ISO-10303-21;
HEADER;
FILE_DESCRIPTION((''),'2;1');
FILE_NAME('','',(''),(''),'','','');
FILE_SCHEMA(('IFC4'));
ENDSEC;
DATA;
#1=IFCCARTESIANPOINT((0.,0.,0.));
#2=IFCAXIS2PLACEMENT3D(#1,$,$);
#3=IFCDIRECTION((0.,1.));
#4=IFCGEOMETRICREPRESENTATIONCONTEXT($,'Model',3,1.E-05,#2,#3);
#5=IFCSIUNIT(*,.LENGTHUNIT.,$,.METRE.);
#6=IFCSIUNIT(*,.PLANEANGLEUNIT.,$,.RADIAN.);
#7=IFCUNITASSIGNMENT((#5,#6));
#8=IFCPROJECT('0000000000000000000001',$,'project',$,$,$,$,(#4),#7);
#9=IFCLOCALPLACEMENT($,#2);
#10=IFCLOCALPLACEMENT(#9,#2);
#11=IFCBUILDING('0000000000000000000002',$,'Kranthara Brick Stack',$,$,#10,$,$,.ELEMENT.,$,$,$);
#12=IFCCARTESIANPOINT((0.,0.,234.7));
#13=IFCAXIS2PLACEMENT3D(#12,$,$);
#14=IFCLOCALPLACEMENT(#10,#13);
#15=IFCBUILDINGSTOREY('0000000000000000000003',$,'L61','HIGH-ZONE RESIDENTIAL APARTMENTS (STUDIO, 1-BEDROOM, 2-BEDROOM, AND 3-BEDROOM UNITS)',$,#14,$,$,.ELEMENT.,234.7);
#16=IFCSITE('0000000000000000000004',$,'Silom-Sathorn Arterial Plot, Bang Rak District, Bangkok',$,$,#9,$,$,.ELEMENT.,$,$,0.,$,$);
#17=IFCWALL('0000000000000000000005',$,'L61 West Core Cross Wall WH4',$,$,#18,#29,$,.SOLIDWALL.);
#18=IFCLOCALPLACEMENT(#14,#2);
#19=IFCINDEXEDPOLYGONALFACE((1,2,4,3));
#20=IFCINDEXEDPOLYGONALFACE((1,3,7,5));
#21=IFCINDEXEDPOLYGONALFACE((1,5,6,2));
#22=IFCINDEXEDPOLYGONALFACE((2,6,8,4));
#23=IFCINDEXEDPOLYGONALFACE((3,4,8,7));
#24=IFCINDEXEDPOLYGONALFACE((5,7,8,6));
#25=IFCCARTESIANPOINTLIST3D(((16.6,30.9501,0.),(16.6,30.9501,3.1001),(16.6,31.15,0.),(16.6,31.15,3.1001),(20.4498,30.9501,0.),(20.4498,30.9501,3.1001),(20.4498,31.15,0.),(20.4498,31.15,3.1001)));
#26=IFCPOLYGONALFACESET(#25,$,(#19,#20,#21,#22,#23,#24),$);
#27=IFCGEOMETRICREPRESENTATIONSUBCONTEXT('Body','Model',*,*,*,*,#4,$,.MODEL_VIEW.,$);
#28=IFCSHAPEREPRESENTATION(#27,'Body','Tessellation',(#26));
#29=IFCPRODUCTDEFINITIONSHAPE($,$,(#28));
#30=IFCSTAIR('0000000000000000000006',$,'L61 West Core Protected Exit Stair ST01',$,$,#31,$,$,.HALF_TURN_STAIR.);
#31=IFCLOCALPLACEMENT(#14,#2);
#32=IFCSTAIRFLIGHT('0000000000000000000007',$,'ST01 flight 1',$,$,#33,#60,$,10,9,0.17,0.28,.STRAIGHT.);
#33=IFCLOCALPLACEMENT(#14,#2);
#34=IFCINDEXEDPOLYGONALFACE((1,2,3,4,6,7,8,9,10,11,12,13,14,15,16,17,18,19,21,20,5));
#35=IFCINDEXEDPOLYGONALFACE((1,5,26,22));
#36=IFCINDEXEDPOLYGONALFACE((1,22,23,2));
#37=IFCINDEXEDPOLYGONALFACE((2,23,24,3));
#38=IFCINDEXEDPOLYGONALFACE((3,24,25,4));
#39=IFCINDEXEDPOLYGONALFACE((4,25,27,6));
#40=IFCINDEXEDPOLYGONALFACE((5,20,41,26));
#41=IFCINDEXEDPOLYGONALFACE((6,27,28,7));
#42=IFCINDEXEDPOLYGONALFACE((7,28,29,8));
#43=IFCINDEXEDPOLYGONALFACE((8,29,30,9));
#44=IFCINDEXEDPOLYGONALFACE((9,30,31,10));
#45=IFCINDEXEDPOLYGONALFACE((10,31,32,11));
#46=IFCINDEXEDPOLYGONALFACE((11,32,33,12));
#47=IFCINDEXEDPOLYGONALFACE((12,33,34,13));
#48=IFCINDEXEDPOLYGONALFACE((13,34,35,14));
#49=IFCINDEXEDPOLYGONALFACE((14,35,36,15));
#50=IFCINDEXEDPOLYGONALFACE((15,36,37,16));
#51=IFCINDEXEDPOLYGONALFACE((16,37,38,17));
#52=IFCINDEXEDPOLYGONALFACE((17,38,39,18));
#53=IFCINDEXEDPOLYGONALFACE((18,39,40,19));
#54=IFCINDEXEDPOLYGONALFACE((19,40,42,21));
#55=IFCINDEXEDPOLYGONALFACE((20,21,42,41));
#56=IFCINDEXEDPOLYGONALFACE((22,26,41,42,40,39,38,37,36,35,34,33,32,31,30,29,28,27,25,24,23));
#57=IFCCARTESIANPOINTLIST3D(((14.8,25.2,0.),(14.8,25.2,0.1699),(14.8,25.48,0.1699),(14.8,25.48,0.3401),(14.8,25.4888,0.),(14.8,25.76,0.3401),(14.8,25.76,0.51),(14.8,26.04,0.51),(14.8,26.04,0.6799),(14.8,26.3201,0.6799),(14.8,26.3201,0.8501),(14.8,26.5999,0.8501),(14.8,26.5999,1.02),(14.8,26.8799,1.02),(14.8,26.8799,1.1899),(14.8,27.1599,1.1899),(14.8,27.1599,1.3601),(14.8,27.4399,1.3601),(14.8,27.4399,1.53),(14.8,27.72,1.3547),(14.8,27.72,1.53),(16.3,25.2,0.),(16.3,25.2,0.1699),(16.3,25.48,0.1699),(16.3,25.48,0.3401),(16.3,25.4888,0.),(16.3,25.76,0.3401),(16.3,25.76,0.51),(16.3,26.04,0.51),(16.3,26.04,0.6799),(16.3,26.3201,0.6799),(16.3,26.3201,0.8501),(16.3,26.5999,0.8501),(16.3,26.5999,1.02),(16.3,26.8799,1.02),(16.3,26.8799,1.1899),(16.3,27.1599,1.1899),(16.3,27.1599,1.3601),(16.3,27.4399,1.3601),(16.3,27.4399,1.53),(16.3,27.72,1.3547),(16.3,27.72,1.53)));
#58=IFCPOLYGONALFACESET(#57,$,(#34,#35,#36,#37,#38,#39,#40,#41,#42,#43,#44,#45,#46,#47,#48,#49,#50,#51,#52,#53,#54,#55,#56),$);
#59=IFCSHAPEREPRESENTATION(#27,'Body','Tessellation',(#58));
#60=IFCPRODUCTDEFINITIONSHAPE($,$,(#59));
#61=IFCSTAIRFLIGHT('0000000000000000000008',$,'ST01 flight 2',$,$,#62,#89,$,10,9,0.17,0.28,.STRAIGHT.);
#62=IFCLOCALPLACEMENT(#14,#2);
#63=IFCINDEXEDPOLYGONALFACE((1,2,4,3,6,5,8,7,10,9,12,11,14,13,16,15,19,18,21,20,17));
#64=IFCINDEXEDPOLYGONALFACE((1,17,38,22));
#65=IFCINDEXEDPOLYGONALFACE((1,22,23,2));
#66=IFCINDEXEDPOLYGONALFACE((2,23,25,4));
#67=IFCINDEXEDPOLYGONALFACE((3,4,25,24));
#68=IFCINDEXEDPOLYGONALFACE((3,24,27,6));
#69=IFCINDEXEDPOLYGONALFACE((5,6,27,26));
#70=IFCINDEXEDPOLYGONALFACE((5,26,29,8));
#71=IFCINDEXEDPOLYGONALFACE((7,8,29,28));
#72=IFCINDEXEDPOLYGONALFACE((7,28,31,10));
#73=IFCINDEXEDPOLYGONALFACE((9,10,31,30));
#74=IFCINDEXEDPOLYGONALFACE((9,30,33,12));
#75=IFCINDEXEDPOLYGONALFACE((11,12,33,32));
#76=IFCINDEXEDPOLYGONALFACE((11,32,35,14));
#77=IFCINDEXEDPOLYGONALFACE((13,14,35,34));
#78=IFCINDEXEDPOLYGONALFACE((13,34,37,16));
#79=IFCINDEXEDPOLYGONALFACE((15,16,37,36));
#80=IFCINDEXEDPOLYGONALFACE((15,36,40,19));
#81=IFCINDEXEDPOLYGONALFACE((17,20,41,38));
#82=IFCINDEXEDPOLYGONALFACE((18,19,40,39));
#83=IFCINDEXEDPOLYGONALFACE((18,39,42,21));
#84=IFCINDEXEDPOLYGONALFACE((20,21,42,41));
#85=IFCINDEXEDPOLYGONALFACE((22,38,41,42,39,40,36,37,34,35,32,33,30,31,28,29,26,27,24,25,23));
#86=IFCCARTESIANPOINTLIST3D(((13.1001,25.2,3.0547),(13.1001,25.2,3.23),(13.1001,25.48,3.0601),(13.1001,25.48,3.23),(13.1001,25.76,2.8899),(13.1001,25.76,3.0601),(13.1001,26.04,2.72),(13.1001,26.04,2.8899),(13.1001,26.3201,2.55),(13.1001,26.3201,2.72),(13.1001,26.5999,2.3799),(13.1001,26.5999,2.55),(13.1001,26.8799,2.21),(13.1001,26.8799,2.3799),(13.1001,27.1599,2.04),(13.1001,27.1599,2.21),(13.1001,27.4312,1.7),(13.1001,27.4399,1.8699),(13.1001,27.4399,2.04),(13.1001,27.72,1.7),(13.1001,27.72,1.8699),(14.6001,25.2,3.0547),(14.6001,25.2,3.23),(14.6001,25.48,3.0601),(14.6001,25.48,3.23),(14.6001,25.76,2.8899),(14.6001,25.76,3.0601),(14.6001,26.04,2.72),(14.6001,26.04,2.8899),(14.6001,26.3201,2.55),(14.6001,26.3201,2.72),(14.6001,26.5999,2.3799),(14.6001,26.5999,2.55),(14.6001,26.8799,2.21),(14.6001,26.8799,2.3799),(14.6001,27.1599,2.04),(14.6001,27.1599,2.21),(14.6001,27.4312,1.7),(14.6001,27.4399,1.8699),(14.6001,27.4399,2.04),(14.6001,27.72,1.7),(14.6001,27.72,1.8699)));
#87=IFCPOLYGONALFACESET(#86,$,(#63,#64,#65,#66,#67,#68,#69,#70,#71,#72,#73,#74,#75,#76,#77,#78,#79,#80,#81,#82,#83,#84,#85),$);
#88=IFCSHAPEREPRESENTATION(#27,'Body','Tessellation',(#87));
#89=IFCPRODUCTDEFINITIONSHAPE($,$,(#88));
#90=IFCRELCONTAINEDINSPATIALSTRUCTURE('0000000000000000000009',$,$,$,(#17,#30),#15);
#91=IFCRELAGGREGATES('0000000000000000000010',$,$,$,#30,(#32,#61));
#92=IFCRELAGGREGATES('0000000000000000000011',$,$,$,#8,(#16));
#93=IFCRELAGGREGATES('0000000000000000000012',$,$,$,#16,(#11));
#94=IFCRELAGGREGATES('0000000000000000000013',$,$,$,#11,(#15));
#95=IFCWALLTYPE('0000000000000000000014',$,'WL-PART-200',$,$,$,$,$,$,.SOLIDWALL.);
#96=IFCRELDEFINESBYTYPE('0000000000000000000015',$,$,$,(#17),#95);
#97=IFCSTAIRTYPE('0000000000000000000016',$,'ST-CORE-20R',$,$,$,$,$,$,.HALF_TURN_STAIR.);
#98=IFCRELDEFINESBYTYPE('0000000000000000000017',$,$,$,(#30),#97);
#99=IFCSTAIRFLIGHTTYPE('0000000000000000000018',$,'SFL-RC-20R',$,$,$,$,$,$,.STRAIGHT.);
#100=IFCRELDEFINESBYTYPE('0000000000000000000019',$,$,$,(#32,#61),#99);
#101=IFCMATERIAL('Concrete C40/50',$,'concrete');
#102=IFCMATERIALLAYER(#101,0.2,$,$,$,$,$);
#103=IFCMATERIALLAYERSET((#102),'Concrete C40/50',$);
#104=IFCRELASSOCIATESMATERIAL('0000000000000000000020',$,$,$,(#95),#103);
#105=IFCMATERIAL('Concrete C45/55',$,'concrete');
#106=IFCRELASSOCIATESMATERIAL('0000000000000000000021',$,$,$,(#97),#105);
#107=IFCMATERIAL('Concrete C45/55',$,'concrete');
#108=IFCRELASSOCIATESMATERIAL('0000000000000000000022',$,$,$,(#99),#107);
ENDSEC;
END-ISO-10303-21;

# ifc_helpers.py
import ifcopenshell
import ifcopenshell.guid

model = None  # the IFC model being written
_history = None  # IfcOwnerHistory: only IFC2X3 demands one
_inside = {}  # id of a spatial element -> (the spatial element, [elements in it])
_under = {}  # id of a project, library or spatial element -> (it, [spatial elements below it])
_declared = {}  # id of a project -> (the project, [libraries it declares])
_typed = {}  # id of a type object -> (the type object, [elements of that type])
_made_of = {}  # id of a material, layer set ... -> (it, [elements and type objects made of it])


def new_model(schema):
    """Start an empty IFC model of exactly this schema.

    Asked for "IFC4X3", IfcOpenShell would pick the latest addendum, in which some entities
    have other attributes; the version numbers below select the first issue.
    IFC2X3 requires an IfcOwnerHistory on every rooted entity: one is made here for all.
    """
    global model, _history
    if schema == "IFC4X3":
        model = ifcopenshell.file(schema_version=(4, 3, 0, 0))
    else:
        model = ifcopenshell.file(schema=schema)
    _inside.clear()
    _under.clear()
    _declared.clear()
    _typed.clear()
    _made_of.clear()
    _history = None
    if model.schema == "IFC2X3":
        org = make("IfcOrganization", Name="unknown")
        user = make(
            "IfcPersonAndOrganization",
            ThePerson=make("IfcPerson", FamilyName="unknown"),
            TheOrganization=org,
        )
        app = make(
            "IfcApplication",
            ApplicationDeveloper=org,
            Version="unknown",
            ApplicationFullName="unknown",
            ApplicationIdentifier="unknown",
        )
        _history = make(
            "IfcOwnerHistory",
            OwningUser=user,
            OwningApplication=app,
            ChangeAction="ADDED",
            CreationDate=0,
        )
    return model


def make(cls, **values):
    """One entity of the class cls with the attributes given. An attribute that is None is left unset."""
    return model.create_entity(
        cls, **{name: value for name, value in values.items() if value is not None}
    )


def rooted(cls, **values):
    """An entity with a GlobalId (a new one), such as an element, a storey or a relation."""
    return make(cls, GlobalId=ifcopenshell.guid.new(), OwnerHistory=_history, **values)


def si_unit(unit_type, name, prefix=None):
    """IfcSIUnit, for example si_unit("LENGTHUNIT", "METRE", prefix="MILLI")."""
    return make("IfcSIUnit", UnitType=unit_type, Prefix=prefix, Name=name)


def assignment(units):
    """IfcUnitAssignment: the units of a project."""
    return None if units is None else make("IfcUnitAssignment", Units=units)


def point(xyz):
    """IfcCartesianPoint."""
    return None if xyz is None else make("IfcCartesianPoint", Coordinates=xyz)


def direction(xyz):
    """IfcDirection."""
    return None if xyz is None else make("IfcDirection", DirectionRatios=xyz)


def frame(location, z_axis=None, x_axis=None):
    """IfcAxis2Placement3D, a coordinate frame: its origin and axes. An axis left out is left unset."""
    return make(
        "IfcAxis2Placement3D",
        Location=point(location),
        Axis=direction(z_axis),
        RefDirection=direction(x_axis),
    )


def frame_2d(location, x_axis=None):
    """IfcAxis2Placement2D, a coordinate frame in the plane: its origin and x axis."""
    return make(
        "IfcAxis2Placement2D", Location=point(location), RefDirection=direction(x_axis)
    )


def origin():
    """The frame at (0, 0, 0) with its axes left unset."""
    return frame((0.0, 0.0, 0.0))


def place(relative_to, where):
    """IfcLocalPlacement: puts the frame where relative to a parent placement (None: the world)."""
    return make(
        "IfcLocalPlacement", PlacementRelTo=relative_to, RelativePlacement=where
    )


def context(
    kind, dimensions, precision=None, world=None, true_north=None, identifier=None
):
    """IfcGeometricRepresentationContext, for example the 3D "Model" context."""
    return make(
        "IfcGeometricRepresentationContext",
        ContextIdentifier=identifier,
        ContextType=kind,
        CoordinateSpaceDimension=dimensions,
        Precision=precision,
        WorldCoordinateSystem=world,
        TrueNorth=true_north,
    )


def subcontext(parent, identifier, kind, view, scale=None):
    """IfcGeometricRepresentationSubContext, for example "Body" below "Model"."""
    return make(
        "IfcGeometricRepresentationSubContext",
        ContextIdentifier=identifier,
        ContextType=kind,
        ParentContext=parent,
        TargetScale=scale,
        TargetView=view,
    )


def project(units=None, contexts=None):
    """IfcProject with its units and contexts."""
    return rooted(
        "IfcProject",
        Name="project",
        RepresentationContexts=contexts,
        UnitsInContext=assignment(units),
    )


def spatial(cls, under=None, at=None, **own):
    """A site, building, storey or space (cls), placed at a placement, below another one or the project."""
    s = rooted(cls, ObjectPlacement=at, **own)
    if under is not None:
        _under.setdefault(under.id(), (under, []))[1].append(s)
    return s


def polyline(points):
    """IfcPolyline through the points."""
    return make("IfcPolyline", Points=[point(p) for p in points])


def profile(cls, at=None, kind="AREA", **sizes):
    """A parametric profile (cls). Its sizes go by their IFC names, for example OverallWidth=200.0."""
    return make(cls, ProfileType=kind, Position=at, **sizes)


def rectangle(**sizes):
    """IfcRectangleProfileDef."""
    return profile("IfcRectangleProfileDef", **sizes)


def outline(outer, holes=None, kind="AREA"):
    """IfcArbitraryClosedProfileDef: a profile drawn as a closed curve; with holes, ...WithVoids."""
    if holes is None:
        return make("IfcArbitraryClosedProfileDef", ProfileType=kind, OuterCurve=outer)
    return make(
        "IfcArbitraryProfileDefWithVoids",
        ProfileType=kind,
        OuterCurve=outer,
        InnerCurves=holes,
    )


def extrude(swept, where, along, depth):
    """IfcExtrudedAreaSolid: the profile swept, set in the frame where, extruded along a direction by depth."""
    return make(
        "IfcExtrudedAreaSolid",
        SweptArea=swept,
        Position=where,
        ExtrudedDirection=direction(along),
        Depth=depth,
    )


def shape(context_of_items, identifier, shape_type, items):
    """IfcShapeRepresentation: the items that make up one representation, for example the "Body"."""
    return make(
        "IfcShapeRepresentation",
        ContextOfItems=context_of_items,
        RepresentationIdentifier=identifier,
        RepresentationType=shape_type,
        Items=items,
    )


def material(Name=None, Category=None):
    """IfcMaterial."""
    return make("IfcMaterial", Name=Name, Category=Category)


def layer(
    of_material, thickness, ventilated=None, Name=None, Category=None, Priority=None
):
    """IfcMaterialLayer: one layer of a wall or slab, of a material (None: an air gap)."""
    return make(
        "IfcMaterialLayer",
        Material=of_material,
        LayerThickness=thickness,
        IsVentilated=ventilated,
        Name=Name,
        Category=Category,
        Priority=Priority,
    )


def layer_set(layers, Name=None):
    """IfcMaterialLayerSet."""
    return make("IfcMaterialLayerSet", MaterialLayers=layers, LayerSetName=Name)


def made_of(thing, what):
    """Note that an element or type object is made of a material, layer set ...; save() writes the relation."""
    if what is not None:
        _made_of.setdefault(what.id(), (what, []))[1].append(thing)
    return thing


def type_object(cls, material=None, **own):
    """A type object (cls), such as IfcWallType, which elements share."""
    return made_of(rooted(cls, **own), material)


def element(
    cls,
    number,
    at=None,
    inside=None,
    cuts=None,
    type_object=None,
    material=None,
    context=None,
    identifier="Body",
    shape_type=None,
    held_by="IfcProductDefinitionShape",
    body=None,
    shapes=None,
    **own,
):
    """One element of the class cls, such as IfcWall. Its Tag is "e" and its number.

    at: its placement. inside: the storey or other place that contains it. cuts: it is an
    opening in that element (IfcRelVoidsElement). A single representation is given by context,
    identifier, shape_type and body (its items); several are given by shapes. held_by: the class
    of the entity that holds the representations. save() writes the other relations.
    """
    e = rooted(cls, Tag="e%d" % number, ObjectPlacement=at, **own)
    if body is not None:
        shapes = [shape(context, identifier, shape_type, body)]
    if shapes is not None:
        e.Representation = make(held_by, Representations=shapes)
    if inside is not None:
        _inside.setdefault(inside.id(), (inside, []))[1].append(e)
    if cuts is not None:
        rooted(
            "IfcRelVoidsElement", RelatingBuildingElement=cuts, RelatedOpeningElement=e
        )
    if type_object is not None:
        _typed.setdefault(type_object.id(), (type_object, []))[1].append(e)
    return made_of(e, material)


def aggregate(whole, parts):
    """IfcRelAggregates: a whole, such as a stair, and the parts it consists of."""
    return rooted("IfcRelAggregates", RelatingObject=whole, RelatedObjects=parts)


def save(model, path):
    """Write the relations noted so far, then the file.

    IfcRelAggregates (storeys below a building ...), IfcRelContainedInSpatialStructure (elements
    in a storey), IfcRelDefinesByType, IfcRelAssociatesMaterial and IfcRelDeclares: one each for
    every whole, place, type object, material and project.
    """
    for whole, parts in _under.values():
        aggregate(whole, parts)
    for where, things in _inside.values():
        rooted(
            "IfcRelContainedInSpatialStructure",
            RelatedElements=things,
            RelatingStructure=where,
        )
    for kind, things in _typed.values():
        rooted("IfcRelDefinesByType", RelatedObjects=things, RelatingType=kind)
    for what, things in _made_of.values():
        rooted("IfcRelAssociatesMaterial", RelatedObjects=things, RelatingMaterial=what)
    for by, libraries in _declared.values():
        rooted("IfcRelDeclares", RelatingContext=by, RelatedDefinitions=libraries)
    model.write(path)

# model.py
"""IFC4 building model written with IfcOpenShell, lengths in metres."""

from ifc_helpers import new_model, si_unit, direction, frame, frame_2d, origin, place, context, subcontext, project, spatial, polyline, rectangle, outline, extrude, material, layer, layer_set, type_object, element, aggregate, save


model = new_model("IFC4")

# Units and contexts
model_context = context("Model", 3, precision=1e-05, world=origin(), true_north=direction((0.0, 1.0)))
body_context = subcontext(model_context, "Body", "Model", "MODEL_VIEW")
ifc_project = project(units=[si_unit("LENGTHUNIT", "METRE"), si_unit("PLANEANGLEUNIT", "RADIAN")], contexts=[model_context])

# Site, building, storey
site_placement = place(None, origin())
site = spatial("IfcSite", under=ifc_project, at=site_placement, Name="Silom-Sathorn Arterial Plot, Bang Rak District, Bangkok", CompositionType="ELEMENT", RefElevation=0.0)
building_placement = place(site_placement, origin())
building = spatial("IfcBuilding", under=site, at=building_placement, Name="Kranthara Brick Stack", CompositionType="ELEMENT")
storey_placement = place(building_placement, frame((0.0, 0.0, 234.7)))
storey = spatial("IfcBuildingStorey", under=building, at=storey_placement, Name="L61", Description="HIGH-ZONE RESIDENTIAL APARTMENTS (STUDIO, 1-BEDROOM, 2-BEDROOM, AND 3-BEDROOM UNITS)", CompositionType="ELEMENT", Elevation=234.7)

# Wall
ifc_material_1 = material(Name="Concrete C40/50", Category="concrete")
ifc_layer_1 = layer(ifc_material_1, 0.2)
ifc_layer_set_1 = layer_set([ifc_layer_1], Name="Concrete C40/50")
wall_type_1 = type_object("IfcWallType", Name="WL-PART-200", PredefinedType="SOLIDWALL", material=ifc_layer_set_1)
for number, where, z_axis, x_axis, name in (
    (1, (16.6001, 31.05, 0.0), (0.0, 0.0, 1.0), (1.0, 0.0, 0.0), "L61 West Core Cross Wall WH4"),
):
    element("IfcWall", number, at=place(storey_placement, frame(where, z_axis=z_axis, x_axis=x_axis)), inside=storey, type_object=wall_type_1, Name=name, PredefinedType="SOLIDWALL", context=body_context, shape_type="SweptSolid", body=[
        extrude(rectangle(XDim=3.8499, YDim=0.2, at=frame_2d((1.9248, 0.0))), origin(), (0.0, 0.0, 1.0), 3.1001),
    ])

# Stair, stair flights
ifc_material_2 = material(Name="Concrete C45/55", Category="concrete")
stair_type = type_object("IfcStairType", Name="ST-CORE-20R", PredefinedType="HALF_TURN_STAIR", material=ifc_material_2)
stair_placement = place(storey_placement, origin())
stair = element("IfcStair", 2, at=stair_placement, inside=storey, type_object=stair_type, Name="L61 West Core Protected Exit Stair ST01", PredefinedType="HALF_TURN_STAIR")
ifc_material_3 = material(Name="Concrete C45/55", Category="concrete")
stair_flight_type = type_object("IfcStairFlightType", Name="SFL-RC-20R", PredefinedType="STRAIGHT", material=ifc_material_3)
stair_flight_1_placement = place(storey_placement, frame((15.55, 25.2, 0.0), z_axis=(0.0, 0.0, 1.0), x_axis=(0.0, 1.0, 0.0)))
stair_flight_1 = element("IfcStairFlight", 3, at=stair_flight_1_placement, type_object=stair_flight_type, Name="ST01 flight 1", NumberOfRisers=10, NumberOfTreads=9, PredefinedType="STRAIGHT", RiserHeight=0.17, TreadLength=0.28, context=body_context, shape_type="SweptSolid", body=[
    extrude(outline(polyline([(0.0, 0.0), (0.0, 0.1699), (0.28, 0.1699), (0.28, 0.3401), (0.5601, 0.3401), (0.5601, 0.51), (0.8401, 0.51), (0.8401, 0.6799), (1.1201, 0.6799), (1.1201, 0.8501), (1.3999, 0.8501), (1.3999, 1.02), (1.6799, 1.02), (1.6799, 1.1899), (1.96, 1.1899), (1.96, 1.3601), (2.24, 1.3601), (2.24, 1.53), (2.52, 1.53), (2.52, 1.7), (2.52, 1.3547), (0.2888, 0.0), (0.0, 0.0)])), frame((0.0, 0.75, 0.0), z_axis=(0.0, -1.0, 0.0), x_axis=(1.0, 0.0, 0.0)), (0.0, 0.0, 1.0), 1.5),
])
stair_flight_2_placement = place(storey_placement, frame((13.8501, 27.72, 1.7), z_axis=(0.0, 0.0, 1.0), x_axis=(0.0, -1.0, 0.0)))
stair_flight_2 = element("IfcStairFlight", 4, at=stair_flight_2_placement, type_object=stair_flight_type, Name="ST01 flight 2", NumberOfRisers=10, NumberOfTreads=9, PredefinedType="STRAIGHT", RiserHeight=0.17, TreadLength=0.28, context=body_context, shape_type="SweptSolid", body=[
    extrude(outline(polyline([(0.0, 0.0), (0.0, 0.1699), (0.28, 0.1699), (0.28, 0.3401), (0.5601, 0.3401), (0.5601, 0.51), (0.8401, 0.51), (0.8401, 0.6799), (1.1201, 0.6799), (1.1201, 0.8501), (1.3999, 0.8501), (1.3999, 1.02), (1.6799, 1.02), (1.6799, 1.1899), (1.96, 1.1899), (1.96, 1.3601), (2.24, 1.3601), (2.24, 1.53), (2.52, 1.53), (2.52, 1.7), (2.52, 1.3547), (0.2888, 0.0), (0.0, 0.0)])), frame((0.0, 0.75, 0.0), z_axis=(0.0, -1.0, 0.0), x_axis=(1.0, 0.0, 0.0)), (0.0, 0.0, 1.0), 1.5),
])
aggregate(stair, [stair_flight_1, stair_flight_2])

save(model, "model.ifc")
